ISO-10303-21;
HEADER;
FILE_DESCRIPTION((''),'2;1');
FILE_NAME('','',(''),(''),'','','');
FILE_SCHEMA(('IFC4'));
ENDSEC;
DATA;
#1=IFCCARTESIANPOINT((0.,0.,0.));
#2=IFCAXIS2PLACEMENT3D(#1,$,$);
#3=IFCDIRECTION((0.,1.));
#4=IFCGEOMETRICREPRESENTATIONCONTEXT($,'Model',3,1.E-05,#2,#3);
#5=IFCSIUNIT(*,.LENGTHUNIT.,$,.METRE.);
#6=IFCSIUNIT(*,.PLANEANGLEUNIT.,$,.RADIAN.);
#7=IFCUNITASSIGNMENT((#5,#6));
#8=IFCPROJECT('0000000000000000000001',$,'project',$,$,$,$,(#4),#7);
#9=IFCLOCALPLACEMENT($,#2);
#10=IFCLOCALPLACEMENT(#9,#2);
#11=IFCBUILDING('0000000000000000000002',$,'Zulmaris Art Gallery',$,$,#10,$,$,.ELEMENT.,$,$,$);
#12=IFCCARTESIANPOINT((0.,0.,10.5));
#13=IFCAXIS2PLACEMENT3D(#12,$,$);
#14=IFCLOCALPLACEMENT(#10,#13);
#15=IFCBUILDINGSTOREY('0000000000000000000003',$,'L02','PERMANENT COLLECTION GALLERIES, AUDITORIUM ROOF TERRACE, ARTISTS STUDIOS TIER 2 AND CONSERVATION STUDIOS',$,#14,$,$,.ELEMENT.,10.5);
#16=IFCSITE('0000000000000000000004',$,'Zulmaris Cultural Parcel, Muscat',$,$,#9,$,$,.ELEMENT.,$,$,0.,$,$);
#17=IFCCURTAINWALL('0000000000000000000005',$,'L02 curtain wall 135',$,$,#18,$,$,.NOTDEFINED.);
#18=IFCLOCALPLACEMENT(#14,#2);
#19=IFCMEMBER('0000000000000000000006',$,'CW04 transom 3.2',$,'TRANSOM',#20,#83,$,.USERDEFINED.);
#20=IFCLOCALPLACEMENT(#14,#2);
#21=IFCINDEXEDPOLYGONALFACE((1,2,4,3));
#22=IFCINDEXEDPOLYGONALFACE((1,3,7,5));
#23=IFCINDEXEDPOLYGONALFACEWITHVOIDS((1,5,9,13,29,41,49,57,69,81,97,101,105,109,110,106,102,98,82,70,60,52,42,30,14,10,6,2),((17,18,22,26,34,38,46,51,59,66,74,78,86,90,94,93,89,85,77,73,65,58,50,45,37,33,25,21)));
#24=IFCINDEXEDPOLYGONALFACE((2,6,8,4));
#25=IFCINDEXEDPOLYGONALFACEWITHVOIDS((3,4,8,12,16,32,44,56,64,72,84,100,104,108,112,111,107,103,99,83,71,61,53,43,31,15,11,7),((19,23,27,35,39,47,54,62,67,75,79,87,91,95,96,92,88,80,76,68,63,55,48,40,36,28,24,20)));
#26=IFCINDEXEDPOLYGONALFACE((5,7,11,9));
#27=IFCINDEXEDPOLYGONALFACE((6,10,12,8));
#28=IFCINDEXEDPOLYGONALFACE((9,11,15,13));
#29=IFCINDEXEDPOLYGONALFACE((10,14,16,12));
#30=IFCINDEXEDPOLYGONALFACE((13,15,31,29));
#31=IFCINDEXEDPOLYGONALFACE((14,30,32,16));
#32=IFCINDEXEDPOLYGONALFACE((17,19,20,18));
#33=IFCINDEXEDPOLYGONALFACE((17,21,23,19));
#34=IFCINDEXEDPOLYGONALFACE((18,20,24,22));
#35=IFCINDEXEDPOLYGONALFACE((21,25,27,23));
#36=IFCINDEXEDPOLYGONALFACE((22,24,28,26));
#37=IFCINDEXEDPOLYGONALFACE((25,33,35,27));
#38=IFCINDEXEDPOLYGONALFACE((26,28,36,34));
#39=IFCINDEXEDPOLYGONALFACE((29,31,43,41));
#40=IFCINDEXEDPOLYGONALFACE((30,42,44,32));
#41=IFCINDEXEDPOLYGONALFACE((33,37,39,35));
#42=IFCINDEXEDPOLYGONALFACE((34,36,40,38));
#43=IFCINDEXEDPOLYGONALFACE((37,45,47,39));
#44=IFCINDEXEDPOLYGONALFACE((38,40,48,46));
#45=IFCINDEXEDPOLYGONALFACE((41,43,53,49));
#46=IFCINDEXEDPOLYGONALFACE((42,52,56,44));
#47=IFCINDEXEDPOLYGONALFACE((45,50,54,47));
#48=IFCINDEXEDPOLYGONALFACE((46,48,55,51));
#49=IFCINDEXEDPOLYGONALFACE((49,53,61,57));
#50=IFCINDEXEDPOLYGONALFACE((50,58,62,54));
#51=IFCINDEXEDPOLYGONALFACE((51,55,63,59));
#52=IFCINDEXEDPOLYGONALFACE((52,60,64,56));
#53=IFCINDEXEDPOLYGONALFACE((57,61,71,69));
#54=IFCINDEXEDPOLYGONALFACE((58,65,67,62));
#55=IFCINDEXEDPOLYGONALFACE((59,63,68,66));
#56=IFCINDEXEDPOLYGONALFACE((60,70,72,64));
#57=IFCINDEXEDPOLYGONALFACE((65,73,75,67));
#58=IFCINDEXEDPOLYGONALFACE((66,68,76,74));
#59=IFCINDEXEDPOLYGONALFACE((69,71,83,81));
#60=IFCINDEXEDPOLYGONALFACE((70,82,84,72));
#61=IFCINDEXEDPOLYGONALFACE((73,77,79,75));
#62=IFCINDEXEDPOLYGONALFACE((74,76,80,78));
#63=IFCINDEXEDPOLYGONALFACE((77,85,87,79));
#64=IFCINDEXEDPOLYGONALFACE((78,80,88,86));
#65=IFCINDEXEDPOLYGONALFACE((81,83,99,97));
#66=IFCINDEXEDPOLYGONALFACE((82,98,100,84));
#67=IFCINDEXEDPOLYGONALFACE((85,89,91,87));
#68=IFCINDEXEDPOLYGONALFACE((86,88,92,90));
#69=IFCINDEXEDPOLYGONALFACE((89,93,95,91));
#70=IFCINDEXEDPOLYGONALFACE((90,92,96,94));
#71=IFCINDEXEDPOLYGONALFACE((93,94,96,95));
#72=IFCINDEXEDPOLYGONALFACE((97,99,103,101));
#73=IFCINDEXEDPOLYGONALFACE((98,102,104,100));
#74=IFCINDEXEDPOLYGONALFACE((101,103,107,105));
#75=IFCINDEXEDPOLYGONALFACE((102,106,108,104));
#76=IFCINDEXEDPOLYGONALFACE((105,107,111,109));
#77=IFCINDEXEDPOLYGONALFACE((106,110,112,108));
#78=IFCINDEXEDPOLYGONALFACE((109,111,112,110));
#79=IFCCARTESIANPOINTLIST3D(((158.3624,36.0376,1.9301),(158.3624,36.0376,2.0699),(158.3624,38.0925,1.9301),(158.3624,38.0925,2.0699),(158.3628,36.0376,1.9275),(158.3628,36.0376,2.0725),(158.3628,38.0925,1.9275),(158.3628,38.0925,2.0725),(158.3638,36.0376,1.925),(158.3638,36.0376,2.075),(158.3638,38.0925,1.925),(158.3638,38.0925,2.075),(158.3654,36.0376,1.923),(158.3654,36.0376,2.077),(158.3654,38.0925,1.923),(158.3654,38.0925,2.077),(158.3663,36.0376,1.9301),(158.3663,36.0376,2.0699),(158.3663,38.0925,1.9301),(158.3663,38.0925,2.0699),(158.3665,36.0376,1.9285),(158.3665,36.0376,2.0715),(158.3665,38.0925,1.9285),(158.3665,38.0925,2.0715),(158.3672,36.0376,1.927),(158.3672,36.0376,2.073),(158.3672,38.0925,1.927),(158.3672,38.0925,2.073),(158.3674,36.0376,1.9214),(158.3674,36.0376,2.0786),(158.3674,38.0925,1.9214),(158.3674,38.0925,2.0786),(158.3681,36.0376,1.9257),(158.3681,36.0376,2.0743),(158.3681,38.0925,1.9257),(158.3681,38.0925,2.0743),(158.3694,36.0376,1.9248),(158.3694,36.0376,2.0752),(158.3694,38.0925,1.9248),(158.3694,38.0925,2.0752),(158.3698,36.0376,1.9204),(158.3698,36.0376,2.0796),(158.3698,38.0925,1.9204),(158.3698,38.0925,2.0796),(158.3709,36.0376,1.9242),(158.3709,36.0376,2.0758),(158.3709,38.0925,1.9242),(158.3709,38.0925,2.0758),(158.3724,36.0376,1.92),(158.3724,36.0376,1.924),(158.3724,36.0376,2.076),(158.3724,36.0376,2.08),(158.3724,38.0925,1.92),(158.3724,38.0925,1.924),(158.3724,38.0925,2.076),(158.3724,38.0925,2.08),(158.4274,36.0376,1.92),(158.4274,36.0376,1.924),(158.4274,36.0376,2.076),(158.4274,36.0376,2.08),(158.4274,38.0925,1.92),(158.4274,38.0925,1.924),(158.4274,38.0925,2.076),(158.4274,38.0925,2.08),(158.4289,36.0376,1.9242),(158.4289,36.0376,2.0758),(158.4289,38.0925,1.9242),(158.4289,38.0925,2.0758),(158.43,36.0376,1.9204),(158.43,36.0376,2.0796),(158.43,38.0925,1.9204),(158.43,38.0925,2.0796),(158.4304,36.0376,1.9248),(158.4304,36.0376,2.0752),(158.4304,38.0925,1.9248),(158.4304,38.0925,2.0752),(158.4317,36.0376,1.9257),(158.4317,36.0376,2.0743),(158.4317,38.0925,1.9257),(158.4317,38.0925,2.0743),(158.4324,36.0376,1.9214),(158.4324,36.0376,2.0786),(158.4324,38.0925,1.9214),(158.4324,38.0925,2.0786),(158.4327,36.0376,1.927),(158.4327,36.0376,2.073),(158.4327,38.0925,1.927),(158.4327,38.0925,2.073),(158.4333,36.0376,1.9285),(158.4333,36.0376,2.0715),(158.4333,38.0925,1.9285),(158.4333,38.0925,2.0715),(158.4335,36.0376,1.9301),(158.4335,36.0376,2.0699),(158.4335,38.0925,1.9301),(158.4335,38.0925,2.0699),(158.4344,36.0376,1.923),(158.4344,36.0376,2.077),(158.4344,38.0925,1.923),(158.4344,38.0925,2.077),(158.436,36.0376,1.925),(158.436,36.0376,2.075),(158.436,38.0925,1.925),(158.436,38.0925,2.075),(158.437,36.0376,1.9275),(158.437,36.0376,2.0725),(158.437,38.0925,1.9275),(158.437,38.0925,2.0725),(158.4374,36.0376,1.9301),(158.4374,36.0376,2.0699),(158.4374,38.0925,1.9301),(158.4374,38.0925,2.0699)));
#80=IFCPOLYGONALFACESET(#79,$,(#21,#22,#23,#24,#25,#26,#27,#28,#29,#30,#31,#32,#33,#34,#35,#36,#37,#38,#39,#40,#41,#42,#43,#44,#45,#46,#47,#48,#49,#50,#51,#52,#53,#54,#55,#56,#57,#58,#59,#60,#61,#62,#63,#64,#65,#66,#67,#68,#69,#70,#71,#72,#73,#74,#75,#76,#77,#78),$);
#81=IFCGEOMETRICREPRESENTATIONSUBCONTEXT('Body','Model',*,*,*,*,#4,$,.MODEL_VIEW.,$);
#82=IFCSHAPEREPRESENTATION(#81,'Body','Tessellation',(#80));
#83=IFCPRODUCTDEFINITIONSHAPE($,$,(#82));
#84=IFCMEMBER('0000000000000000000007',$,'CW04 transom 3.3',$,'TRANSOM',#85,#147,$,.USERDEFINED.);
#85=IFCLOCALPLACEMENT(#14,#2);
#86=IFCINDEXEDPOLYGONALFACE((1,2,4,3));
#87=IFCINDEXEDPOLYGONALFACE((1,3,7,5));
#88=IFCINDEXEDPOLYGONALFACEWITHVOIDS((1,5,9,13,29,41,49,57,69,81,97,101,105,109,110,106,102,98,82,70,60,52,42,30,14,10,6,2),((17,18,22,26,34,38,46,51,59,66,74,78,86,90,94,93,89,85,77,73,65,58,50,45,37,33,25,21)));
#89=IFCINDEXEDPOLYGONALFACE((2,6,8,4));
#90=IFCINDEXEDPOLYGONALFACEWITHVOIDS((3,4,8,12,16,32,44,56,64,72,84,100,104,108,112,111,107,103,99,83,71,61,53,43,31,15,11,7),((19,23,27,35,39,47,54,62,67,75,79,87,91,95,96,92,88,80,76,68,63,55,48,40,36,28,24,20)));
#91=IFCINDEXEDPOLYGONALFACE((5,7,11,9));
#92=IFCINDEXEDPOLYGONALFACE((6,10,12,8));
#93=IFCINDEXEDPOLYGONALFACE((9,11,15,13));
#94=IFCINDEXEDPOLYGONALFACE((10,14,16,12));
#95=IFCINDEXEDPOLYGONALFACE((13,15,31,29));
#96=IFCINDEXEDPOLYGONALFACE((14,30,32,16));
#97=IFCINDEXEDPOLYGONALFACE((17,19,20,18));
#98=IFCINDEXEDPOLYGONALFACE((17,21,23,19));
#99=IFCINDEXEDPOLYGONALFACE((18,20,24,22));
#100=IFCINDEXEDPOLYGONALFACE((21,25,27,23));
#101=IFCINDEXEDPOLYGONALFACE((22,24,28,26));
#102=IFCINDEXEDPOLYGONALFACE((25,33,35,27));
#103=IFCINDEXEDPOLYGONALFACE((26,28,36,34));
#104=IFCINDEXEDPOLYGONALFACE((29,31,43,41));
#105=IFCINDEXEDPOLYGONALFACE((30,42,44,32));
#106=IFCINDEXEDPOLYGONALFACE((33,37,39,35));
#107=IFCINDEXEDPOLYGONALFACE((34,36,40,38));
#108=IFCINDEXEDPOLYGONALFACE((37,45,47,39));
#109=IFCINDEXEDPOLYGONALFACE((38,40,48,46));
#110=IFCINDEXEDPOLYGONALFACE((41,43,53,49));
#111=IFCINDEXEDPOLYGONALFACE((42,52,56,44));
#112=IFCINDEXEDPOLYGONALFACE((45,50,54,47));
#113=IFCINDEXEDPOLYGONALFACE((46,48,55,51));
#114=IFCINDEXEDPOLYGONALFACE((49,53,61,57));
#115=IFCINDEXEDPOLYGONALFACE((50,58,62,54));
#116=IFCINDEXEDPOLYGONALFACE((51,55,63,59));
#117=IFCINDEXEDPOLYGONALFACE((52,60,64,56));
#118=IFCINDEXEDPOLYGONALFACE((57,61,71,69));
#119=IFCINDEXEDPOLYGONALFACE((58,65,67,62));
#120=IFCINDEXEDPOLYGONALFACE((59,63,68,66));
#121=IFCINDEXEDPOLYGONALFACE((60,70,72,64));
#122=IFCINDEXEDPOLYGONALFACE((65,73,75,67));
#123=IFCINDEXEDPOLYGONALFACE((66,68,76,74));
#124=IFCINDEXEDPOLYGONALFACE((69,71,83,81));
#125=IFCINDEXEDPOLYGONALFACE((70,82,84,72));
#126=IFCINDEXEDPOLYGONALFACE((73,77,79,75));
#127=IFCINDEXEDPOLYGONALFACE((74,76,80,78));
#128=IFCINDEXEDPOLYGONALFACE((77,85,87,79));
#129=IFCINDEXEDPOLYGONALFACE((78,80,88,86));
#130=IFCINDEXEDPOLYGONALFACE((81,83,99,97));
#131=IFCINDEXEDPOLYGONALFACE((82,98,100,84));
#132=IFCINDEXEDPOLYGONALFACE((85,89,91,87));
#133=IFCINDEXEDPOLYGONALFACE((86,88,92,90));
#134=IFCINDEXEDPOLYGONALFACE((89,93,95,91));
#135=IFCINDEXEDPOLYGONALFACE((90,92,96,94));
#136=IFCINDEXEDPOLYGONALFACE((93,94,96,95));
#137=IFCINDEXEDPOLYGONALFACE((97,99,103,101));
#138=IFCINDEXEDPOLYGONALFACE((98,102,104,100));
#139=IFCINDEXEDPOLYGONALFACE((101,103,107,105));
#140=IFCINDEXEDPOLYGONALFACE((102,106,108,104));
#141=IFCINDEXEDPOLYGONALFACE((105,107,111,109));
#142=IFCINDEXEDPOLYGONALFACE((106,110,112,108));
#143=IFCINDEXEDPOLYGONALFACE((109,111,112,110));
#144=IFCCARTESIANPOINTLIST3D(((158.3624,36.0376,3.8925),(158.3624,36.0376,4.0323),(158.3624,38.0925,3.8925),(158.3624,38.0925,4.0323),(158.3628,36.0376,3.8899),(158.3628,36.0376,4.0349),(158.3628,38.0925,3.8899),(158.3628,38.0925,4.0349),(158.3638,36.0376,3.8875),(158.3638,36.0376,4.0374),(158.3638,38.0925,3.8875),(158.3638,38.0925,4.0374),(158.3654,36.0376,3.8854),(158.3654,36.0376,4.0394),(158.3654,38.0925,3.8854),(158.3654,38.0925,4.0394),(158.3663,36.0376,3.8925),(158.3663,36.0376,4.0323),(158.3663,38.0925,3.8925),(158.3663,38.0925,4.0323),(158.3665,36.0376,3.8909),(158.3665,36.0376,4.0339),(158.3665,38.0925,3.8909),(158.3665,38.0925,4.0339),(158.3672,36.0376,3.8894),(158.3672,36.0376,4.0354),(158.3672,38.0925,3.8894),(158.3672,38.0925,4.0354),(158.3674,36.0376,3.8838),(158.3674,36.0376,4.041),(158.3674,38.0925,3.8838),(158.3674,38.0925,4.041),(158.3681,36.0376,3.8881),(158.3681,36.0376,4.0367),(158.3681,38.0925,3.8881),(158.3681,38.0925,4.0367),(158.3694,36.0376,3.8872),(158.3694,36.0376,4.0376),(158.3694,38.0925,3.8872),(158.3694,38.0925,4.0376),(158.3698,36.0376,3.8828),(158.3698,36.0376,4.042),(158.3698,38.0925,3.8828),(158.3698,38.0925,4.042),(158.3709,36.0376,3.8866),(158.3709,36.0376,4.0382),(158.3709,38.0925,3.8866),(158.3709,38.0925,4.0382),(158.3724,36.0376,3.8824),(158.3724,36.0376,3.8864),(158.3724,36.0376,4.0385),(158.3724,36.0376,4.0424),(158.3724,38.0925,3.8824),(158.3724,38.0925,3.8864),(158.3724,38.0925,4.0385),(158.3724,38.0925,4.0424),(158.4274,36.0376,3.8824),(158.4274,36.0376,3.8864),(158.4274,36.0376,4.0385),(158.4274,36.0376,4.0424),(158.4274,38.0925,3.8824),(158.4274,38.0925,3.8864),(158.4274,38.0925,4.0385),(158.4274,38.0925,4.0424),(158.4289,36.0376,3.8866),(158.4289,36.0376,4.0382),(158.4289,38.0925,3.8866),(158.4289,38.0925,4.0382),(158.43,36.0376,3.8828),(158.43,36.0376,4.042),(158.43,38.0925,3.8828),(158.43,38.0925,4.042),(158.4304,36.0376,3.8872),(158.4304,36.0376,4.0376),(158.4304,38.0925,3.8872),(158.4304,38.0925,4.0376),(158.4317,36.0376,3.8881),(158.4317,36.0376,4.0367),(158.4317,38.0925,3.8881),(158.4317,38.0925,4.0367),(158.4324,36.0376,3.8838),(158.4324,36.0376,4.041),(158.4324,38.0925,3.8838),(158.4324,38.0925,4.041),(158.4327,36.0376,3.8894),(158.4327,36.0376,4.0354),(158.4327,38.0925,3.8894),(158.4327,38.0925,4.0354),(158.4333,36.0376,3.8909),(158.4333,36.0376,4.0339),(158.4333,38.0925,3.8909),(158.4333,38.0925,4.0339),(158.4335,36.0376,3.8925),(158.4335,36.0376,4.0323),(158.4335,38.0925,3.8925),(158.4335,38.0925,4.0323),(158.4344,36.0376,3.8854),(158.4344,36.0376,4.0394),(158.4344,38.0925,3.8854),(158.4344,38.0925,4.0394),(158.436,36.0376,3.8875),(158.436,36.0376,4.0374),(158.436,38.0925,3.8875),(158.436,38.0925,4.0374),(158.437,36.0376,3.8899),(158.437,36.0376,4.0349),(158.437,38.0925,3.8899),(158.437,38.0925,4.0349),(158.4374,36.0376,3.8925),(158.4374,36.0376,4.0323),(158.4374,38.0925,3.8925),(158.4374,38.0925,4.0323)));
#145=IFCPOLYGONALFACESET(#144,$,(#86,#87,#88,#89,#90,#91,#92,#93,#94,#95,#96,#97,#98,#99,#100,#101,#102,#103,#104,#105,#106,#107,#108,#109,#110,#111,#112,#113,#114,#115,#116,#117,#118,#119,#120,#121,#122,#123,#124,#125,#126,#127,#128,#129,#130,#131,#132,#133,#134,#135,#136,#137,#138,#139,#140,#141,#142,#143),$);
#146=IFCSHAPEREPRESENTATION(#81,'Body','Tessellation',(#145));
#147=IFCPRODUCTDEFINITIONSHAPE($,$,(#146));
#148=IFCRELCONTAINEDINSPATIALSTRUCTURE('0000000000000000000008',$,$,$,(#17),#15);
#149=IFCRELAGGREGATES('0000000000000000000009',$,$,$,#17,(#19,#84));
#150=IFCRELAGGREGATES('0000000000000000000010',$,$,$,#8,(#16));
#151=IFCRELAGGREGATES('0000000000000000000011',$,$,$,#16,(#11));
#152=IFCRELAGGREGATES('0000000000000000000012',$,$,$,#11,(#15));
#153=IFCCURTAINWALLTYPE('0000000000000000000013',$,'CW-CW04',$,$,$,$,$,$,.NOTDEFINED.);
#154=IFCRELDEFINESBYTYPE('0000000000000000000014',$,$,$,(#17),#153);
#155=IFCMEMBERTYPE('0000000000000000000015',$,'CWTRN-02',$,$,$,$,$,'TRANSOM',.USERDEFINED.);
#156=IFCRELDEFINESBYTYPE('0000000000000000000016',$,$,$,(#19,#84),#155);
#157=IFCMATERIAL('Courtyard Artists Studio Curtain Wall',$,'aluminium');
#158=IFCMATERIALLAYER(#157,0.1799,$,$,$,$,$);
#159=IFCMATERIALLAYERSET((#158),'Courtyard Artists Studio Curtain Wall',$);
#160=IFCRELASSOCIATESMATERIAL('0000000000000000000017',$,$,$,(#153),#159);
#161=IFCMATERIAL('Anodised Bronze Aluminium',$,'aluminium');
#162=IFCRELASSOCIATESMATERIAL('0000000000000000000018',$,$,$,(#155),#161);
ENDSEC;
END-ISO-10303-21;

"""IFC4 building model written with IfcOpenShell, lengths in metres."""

from ifc_helpers import new_model, si_unit, direction, frame, origin, origin_2d, place, context, subcontext, project, spatial, hollow_rectangle, extrude, material, layer, layer_set, material_profile, profile_set, type_object, element, aggregate, save


model = new_model("IFC4")

# Units and contexts
model_context = context("Model", 3, precision=1e-05, world=origin(), true_north=direction((0.0, 1.0)))
body_context = subcontext(model_context, "Body", "Model", "MODEL_VIEW")
ifc_project = project(units=[si_unit("LENGTHUNIT", "METRE"), si_unit("PLANEANGLEUNIT", "RADIAN")], contexts=[model_context])

# Site, building, storey
site_placement = place(None, origin())
site = spatial("IfcSite", under=ifc_project, at=site_placement, Name="Zulmaris Cultural Parcel, Muscat", CompositionType="ELEMENT", RefElevation=0.0)
building_placement = place(site_placement, origin())
building = spatial("IfcBuilding", under=site, at=building_placement, Name="Zulmaris Art Gallery", CompositionType="ELEMENT")
storey_placement = place(building_placement, frame((0.0, 0.0, 10.5)))
storey = spatial("IfcBuildingStorey", under=building, at=storey_placement, Name="L02", Description="PERMANENT COLLECTION GALLERIES, AUDITORIUM ROOF TERRACE, ARTISTS STUDIOS TIER 2 AND CONSERVATION STUDIOS", CompositionType="ELEMENT", Elevation=10.5)

# Curtain wall, members
ifc_material_1 = material(Name="Courtyard Artists Studio Curtain Wall", Category="aluminium")
ifc_layer_1 = layer(ifc_material_1, 0.1799)
ifc_layer_set_1 = layer_set([ifc_layer_1], Name="Courtyard Artists Studio Curtain Wall")
curtain_wall_type = type_object("IfcCurtainWallType", Name="CW-CW04", PredefinedType="NOTDEFINED", material=ifc_layer_set_1)
curtain_wall_placement = place(storey_placement, origin())
curtain_wall = element("IfcCurtainWall", 1, at=curtain_wall_placement, inside=storey, type_object=curtain_wall_type, Name="L02 curtain wall 135", PredefinedType="NOTDEFINED")
ifc_material_2 = material(Name="Anodised Bronze Aluminium", Category="aluminium")
ifc_material_profile_1 = material_profile(ifc_material_2, hollow_rectangle(XDim=0.075, YDim=0.1599, WallThickness=0.0039, InnerFilletRadius=0.0061, OuterFilletRadius=0.01, at=origin_2d()), Name="ALU 75x160x4")
ifc_profile_set_1 = profile_set([ifc_material_profile_1], Name="Anodised Bronze Aluminium")
member_type_1 = type_object("IfcMemberType", Name="CWTRN-02", ElementType="TRANSOM", PredefinedType="USERDEFINED", material=ifc_profile_set_1)
member_1_placement = place(storey_placement, frame((158.3999, 36.0376, 2.0), z_axis=(0.0, 1.0, 0.0), x_axis=(-1.0, 0.0, 0.0)))
member_1 = element("IfcMember", 2, at=member_1_placement, type_object=member_type_1, Name="CW04 transom 3.2", ObjectType="TRANSOM", PredefinedType="USERDEFINED", context=body_context, shape_type="SweptSolid", body=[
    extrude(hollow_rectangle(XDim=0.075, YDim=0.1599, WallThickness=0.0039, InnerFilletRadius=0.0061, OuterFilletRadius=0.01, at=origin_2d()), origin(), (0.0, 0.0, 1.0), 2.0549),
])
member_2_placement = place(storey_placement, frame((158.3999, 36.0376, 3.9624), z_axis=(0.0, 1.0, 0.0), x_axis=(-1.0, 0.0, 0.0)))
member_2 = element("IfcMember", 3, at=member_2_placement, type_object=member_type_1, Name="CW04 transom 3.3", ObjectType="TRANSOM", PredefinedType="USERDEFINED", context=body_context, shape_type="SweptSolid", body=[
    extrude(hollow_rectangle(XDim=0.075, YDim=0.1599, WallThickness=0.0039, InnerFilletRadius=0.0061, OuterFilletRadius=0.01, at=origin_2d()), origin(), (0.0, 0.0, 1.0), 2.0549),
])
aggregate(curtain_wall, [member_1, member_2])

save(model, "model.ifc")
